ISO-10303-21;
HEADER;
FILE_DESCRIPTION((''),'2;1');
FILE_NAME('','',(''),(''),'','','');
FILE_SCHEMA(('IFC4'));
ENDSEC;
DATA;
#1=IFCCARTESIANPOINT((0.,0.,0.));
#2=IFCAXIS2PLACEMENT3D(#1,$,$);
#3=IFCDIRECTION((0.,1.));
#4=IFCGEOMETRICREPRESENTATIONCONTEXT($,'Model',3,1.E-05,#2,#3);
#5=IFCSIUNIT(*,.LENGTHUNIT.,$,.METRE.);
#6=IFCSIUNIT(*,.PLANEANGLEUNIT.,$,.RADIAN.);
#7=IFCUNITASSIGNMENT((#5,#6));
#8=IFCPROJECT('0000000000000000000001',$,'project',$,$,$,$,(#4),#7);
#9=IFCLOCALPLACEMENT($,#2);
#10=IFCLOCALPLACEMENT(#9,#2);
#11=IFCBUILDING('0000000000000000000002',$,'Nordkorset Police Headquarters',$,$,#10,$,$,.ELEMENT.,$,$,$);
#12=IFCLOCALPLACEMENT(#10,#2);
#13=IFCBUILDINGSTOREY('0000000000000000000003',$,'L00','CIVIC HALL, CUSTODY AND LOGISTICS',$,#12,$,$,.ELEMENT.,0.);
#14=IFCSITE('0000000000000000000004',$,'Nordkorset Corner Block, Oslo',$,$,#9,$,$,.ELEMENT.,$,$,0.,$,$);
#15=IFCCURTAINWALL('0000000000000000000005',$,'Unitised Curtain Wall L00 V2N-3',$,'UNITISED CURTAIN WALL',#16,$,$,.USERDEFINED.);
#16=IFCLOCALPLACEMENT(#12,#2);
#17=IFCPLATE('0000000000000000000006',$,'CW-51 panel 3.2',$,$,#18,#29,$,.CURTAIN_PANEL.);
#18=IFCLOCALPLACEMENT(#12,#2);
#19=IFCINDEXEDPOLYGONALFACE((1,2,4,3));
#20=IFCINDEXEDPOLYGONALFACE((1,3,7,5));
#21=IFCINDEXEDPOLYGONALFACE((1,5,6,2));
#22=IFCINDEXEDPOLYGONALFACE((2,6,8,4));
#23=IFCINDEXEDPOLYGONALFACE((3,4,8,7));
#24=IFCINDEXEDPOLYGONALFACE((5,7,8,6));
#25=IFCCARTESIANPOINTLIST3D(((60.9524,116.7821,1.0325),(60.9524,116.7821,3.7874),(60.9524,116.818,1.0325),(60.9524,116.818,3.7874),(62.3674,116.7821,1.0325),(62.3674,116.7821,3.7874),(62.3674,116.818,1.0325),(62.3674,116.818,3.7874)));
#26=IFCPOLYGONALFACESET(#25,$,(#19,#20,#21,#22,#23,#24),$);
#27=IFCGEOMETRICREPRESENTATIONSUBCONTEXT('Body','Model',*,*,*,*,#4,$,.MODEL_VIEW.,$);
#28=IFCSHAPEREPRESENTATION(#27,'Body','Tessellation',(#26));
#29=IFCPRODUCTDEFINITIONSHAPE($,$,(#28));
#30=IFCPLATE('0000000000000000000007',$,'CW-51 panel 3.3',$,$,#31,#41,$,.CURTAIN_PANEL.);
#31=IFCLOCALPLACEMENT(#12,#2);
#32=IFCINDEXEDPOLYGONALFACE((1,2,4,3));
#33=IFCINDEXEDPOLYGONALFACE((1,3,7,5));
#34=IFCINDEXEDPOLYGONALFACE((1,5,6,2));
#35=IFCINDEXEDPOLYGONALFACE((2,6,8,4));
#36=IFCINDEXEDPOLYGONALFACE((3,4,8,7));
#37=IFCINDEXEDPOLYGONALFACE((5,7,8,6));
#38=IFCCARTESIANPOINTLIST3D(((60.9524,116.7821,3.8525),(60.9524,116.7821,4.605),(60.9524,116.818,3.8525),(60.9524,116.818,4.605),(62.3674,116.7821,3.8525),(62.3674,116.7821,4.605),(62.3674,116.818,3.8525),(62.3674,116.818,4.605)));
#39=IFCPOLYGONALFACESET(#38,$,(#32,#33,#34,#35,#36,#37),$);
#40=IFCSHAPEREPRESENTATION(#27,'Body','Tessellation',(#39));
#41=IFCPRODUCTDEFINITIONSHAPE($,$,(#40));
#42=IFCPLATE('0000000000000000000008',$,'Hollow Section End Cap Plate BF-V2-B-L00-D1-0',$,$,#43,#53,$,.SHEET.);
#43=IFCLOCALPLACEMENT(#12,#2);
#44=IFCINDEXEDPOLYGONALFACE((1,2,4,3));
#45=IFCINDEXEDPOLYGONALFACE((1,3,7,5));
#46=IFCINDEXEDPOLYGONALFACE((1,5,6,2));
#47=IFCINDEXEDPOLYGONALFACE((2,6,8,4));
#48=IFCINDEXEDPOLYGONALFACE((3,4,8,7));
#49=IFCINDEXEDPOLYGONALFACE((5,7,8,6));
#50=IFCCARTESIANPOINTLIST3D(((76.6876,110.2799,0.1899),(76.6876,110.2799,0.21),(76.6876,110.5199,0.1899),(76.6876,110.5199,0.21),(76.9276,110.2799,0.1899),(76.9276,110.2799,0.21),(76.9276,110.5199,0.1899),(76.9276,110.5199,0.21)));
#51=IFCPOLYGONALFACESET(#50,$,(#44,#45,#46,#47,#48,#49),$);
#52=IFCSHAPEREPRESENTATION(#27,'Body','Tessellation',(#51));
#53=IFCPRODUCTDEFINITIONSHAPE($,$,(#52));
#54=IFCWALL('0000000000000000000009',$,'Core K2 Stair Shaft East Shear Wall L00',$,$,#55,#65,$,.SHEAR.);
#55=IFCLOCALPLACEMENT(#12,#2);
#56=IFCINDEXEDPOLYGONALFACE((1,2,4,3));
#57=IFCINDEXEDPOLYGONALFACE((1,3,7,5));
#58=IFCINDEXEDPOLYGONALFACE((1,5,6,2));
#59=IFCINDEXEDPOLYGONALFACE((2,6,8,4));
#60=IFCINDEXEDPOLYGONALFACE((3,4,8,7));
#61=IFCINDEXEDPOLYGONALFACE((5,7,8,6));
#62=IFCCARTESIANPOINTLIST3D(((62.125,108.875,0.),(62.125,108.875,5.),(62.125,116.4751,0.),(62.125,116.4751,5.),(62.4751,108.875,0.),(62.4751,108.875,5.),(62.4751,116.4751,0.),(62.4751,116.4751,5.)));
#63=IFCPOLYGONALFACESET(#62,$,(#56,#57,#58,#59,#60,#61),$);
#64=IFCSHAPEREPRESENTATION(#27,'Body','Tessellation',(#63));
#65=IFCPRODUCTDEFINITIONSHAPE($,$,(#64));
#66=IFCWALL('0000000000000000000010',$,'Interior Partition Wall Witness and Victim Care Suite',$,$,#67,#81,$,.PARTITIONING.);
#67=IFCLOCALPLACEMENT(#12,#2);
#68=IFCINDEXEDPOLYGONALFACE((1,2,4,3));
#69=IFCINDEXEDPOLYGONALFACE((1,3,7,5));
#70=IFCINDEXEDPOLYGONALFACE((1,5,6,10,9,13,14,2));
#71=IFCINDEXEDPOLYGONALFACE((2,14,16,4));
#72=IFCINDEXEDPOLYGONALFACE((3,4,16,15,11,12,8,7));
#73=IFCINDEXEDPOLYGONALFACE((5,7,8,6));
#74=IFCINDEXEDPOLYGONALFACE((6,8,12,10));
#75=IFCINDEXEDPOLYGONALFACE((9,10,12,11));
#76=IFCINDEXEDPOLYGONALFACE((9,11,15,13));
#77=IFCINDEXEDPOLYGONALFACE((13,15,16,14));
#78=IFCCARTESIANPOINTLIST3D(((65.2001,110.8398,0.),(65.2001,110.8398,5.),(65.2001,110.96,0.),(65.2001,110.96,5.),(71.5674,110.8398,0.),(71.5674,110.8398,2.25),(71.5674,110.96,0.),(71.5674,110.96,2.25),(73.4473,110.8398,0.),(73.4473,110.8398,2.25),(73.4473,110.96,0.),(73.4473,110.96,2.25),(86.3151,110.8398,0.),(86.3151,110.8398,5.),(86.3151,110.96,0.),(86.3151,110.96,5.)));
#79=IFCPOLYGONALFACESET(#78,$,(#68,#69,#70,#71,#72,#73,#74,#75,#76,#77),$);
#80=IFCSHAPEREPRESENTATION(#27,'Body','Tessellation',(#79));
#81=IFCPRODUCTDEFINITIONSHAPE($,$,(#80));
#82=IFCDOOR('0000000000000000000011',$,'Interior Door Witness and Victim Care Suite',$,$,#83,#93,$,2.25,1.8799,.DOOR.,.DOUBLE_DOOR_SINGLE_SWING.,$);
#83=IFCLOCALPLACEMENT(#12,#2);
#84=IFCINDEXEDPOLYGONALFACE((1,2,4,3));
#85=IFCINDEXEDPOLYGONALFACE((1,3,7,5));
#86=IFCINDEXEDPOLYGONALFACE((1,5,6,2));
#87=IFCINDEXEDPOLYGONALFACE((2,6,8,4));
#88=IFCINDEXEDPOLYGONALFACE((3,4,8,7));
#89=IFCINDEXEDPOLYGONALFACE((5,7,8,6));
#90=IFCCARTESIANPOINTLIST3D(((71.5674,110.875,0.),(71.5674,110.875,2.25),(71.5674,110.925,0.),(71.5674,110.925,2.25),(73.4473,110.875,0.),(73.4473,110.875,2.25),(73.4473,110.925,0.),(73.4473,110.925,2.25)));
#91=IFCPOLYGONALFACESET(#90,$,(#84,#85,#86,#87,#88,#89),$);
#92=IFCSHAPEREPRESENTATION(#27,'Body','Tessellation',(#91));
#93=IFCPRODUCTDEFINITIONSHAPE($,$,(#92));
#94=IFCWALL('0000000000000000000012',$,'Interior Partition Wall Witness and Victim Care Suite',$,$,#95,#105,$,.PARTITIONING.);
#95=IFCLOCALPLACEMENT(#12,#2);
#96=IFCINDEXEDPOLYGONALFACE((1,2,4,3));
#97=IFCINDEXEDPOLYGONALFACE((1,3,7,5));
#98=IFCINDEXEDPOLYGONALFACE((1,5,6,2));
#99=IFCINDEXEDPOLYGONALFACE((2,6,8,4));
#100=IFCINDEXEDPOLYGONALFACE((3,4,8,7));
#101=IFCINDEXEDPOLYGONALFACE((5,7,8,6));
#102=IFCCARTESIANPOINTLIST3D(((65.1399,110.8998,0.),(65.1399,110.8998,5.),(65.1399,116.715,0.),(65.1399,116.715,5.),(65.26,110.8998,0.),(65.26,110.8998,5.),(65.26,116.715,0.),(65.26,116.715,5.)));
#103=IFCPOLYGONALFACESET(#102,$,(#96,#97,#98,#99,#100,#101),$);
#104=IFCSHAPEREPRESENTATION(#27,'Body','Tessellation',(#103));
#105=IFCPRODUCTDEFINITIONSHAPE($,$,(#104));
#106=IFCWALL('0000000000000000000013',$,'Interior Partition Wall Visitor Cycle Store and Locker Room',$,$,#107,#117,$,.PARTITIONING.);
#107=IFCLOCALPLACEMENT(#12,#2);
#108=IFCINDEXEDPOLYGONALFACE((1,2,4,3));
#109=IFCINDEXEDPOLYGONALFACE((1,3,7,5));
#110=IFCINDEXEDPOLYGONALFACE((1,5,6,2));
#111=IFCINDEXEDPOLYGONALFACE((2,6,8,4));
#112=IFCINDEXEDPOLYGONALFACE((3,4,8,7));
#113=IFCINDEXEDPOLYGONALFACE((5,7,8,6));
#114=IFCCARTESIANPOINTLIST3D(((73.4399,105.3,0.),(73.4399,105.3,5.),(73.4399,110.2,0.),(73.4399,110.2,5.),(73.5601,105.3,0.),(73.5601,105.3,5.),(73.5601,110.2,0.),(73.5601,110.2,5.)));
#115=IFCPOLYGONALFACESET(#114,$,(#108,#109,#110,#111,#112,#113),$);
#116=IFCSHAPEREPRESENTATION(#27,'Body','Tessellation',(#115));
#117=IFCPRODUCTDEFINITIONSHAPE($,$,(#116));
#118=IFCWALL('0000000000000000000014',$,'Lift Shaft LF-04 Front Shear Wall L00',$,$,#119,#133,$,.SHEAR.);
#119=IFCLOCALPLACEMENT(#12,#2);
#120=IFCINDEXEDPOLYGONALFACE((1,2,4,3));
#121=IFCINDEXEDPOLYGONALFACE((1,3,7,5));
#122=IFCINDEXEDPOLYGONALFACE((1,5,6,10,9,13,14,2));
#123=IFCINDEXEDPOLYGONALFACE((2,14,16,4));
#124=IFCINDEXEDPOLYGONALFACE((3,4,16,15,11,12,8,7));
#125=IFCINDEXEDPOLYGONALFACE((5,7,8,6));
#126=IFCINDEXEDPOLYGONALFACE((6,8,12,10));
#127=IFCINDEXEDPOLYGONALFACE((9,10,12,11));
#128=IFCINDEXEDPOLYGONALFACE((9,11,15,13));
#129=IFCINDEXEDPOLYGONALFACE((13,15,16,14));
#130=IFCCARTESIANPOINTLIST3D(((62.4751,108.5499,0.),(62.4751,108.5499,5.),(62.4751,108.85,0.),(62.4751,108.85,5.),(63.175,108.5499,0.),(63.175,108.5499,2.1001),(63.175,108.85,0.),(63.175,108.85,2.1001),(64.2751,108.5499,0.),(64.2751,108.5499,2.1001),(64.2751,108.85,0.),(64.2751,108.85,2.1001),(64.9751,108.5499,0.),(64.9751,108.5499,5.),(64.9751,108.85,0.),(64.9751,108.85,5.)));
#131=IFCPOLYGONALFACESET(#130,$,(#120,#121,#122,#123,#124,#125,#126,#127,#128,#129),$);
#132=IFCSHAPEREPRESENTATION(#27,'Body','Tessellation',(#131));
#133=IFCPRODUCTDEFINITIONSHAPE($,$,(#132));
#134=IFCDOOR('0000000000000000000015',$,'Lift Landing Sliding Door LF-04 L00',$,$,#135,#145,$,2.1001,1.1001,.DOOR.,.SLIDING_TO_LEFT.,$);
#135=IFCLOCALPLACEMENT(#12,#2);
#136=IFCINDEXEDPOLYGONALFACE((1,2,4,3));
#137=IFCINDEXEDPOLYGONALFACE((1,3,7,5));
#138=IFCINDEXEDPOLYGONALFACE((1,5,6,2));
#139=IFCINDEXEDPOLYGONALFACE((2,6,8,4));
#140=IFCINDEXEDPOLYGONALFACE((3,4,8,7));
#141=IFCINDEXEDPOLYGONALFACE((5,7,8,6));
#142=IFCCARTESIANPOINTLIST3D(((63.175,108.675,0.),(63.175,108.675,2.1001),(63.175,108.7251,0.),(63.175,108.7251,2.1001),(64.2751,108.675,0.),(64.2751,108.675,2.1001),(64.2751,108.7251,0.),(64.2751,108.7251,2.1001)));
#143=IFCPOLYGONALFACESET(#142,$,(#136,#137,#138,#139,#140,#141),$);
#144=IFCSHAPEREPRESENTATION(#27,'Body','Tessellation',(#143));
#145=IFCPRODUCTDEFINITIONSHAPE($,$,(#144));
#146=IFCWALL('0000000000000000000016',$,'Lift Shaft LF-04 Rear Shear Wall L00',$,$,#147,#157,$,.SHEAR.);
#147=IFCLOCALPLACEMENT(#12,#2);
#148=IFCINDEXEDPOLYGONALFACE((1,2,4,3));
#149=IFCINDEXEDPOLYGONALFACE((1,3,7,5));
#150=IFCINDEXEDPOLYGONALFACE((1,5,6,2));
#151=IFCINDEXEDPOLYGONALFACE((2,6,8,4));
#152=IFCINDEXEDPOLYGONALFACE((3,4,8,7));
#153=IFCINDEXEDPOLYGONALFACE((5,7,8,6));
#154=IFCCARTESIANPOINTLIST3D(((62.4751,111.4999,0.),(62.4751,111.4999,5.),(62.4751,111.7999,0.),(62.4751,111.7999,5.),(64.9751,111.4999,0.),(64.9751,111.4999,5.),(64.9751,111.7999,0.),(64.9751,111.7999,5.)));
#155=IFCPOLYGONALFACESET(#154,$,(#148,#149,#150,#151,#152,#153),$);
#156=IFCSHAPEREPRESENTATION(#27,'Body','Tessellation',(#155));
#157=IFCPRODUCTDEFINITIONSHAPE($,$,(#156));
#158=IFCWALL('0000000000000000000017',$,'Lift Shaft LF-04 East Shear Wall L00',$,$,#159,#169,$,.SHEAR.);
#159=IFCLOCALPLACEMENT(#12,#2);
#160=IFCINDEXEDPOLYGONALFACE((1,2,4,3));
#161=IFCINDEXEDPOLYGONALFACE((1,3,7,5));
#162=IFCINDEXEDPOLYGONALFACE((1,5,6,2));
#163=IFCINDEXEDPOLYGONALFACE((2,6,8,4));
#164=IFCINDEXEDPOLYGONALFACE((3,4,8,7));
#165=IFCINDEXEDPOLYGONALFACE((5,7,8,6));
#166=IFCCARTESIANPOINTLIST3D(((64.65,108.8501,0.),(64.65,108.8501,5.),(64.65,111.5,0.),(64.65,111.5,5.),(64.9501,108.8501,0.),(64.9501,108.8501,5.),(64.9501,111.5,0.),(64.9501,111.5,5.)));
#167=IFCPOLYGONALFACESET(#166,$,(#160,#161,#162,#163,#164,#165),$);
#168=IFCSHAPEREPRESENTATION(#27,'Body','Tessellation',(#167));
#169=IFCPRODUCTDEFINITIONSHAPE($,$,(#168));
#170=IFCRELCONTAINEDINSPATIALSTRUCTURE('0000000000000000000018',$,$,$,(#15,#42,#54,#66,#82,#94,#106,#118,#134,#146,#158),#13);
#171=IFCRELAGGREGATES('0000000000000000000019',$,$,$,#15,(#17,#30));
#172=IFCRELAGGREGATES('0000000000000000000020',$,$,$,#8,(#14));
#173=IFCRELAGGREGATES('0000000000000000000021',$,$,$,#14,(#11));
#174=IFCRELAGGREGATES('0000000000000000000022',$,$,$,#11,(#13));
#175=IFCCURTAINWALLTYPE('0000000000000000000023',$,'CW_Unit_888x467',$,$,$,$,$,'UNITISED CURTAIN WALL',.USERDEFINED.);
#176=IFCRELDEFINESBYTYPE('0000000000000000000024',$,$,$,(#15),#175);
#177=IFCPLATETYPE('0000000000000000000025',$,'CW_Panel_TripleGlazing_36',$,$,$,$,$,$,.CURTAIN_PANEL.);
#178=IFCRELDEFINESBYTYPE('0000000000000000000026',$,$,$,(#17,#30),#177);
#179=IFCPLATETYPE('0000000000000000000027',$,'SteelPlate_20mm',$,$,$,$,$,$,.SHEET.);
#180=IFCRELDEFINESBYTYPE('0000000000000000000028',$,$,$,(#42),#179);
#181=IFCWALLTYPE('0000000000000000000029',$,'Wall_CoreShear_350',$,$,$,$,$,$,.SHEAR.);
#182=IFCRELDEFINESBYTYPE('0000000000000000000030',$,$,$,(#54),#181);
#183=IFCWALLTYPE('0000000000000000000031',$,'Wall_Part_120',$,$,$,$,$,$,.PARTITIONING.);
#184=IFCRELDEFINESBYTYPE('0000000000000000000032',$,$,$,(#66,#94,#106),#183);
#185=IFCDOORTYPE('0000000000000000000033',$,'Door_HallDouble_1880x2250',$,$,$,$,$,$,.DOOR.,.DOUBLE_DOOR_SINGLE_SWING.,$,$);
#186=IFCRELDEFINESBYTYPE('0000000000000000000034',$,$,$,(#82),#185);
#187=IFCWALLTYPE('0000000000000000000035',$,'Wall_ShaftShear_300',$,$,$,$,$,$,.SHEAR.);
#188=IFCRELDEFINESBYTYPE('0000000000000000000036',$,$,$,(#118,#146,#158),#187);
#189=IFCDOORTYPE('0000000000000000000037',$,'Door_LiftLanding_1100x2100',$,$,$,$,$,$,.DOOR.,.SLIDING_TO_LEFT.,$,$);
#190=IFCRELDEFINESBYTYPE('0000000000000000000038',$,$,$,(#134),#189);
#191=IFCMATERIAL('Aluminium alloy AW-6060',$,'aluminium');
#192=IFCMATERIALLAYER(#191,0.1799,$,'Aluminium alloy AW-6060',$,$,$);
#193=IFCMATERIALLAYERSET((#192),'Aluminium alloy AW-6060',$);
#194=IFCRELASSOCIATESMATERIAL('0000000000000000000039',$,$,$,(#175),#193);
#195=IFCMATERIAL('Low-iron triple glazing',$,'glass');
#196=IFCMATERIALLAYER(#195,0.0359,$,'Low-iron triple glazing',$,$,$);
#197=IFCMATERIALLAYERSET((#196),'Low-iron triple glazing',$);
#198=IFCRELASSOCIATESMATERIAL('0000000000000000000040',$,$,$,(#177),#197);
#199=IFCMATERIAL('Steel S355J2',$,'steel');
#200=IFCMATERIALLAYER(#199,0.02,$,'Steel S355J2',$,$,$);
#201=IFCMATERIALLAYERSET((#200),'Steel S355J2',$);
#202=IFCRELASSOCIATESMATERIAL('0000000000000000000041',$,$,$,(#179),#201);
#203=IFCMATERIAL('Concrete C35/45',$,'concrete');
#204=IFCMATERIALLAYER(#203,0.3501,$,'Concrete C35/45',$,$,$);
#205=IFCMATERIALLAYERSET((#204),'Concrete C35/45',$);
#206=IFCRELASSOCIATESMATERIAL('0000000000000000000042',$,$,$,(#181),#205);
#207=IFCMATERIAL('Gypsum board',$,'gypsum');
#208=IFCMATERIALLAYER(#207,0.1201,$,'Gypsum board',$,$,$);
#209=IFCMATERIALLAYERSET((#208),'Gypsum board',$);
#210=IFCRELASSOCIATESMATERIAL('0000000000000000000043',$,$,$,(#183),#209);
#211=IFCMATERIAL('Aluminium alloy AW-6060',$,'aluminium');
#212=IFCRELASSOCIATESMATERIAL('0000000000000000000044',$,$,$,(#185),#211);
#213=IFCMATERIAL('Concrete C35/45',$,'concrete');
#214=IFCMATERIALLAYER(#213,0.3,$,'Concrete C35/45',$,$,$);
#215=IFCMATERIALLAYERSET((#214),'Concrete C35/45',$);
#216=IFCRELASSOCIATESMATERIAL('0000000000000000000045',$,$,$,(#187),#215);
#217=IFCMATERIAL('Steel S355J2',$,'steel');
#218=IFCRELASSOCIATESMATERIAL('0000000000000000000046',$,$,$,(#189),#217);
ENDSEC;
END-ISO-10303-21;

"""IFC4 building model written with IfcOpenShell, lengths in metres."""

from ifc_helpers import new_model, si_unit, direction, frame, frame_2d, origin, origin_2d, place, context, subcontext, project, spatial, rectangle, extrude, material, layer, layer_set, type_object, element, fill, aggregate, save


model = new_model("IFC4")

# Units and contexts
model_context = context("Model", 3, precision=1e-05, world=origin(), true_north=direction((0.0, 1.0)))
body_context = subcontext(model_context, "Body", "Model", "MODEL_VIEW")
ifc_project = project(units=[si_unit("LENGTHUNIT", "METRE"), si_unit("PLANEANGLEUNIT", "RADIAN")], contexts=[model_context])

# Site, building, storey
site_placement = place(None, origin())
site = spatial("IfcSite", under=ifc_project, at=site_placement, Name="Nordkorset Corner Block, Oslo", CompositionType="ELEMENT", RefElevation=0.0)
building_placement = place(site_placement, origin())
building = spatial("IfcBuilding", under=site, at=building_placement, Name="Nordkorset Police Headquarters", CompositionType="ELEMENT")
storey_placement = place(building_placement, origin())
storey = spatial("IfcBuildingStorey", under=building, at=storey_placement, Name="L00", Description="CIVIC HALL, CUSTODY AND LOGISTICS", CompositionType="ELEMENT", Elevation=0.0)

# Curtain wall
ifc_material_1 = material(Name="Aluminium alloy AW-6060", Category="aluminium")
ifc_layer_1 = layer(ifc_material_1, 0.1799, Name="Aluminium alloy AW-6060")
ifc_layer_set_1 = layer_set([ifc_layer_1], Name="Aluminium alloy AW-6060")
curtain_wall_type = type_object("IfcCurtainWallType", Name="CW_Unit_888x467", ElementType="UNITISED CURTAIN WALL", PredefinedType="USERDEFINED", material=ifc_layer_set_1)
curtain_wall_placement = place(storey_placement, origin())
curtain_wall = element("IfcCurtainWall", 1, at=curtain_wall_placement, inside=storey, type_object=curtain_wall_type, Name="Unitised Curtain Wall L00 V2N-3", ObjectType="UNITISED CURTAIN WALL", PredefinedType="USERDEFINED")

# Plates
ifc_material_2 = material(Name="Low-iron triple glazing", Category="glass")
ifc_layer_2 = layer(ifc_material_2, 0.0359, Name="Low-iron triple glazing")
ifc_layer_set_2 = layer_set([ifc_layer_2], Name="Low-iron triple glazing")
plate_type_1 = type_object("IfcPlateType", Name="CW_Panel_TripleGlazing_36", PredefinedType="CURTAIN_PANEL", material=ifc_layer_set_2)
plate_1_placement = place(storey_placement, frame((61.6599, 116.8, 1.0325), z_axis=(0.0, 0.0, 1.0), x_axis=(1.0, 0.0, 0.0)))
plate_1 = element("IfcPlate", 2, at=plate_1_placement, type_object=plate_type_1, Name="CW-51 panel 3.2", PredefinedType="CURTAIN_PANEL", context=body_context, shape_type="SweptSolid", body=[
    extrude(rectangle(XDim=1.415, YDim=0.0359, at=origin_2d()), origin(), (0.0, 0.0, 1.0), 2.7549),
])
plate_2_placement = place(storey_placement, frame((61.6599, 116.8, 3.8525), z_axis=(0.0, 0.0, 1.0), x_axis=(1.0, 0.0, 0.0)))
plate_2 = element("IfcPlate", 3, at=plate_2_placement, type_object=plate_type_1, Name="CW-51 panel 3.3", PredefinedType="CURTAIN_PANEL", context=body_context, shape_type="SweptSolid", body=[
    extrude(rectangle(XDim=1.415, YDim=0.0359, at=origin_2d()), origin(), (0.0, 0.0, 1.0), 0.7524),
])
aggregate(curtain_wall, [plate_1, plate_2])
ifc_material_3 = material(Name="Steel S355J2", Category="steel")
ifc_layer_3 = layer(ifc_material_3, 0.02, Name="Steel S355J2")
ifc_layer_set_3 = layer_set([ifc_layer_3], Name="Steel S355J2")
plate_type_2 = type_object("IfcPlateType", Name="SteelPlate_20mm", PredefinedType="SHEET", material=ifc_layer_set_3)
plate_3_placement = place(storey_placement, frame((76.8076, 110.3999, 0.1899), z_axis=(0.0, 0.0, 1.0), x_axis=(1.0, 0.0, 0.0)))
element("IfcPlate", 4, at=plate_3_placement, inside=storey, type_object=plate_type_2, Name="Hollow Section End Cap Plate BF-V2-B-L00-D1-0", PredefinedType="SHEET", context=body_context, shape_type="SweptSolid", body=[
    extrude(rectangle(XDim=0.24, YDim=0.24, at=origin_2d()), origin(), (0.0, 0.0, 1.0), 0.02),
])

# Wall
ifc_material_4 = material(Name="Concrete C35/45", Category="concrete")
ifc_layer_4 = layer(ifc_material_4, 0.3501, Name="Concrete C35/45")
ifc_layer_set_4 = layer_set([ifc_layer_4], Name="Concrete C35/45")
wall_type_1 = type_object("IfcWallType", Name="Wall_CoreShear_350", PredefinedType="SHEAR", material=ifc_layer_set_4)
wall_1_placement = place(storey_placement, frame((62.3, 108.875, 0.0), z_axis=(0.0, 0.0, 1.0), x_axis=(0.0, 1.0, 0.0)))
element("IfcWall", 5, at=wall_1_placement, inside=storey, type_object=wall_type_1, Name="Core K2 Stair Shaft East Shear Wall L00", PredefinedType="SHEAR", context=body_context, shape_type="SweptSolid", body=[
    extrude(rectangle(XDim=7.6001, YDim=0.3501, at=frame_2d((3.8, 0.0))), origin(), (0.0, 0.0, 1.0), 5.0),
])

# Wall, opening, door
ifc_material_5 = material(Name="Gypsum board", Category="gypsum")
ifc_layer_5 = layer(ifc_material_5, 0.1201, Name="Gypsum board")
ifc_layer_set_5 = layer_set([ifc_layer_5], Name="Gypsum board")
wall_type_2 = type_object("IfcWallType", Name="Wall_Part_120", PredefinedType="PARTITIONING", material=ifc_layer_set_5)
wall_2_placement = place(storey_placement, frame((65.2, 110.8999, 0.0), z_axis=(0.0, 0.0, 1.0), x_axis=(1.0, 0.0, 0.0)))
wall_2 = element("IfcWall", 6, at=wall_2_placement, inside=storey, type_object=wall_type_2, Name="Interior Partition Wall Witness and Victim Care Suite", PredefinedType="PARTITIONING", context=body_context, shape_type="SweptSolid", body=[
    extrude(rectangle(XDim=21.115, YDim=0.1201, at=frame_2d((10.5576, 0.0))), origin(), (0.0, 0.0, 1.0), 5.0),
])
opening_1_placement = place(wall_2_placement, frame((6.3674, 0.0, 0.0)))
opening_1 = element("IfcOpeningElement", 7, at=opening_1_placement, cuts=wall_2, PredefinedType="OPENING", context=body_context, shape_type="SweptSolid", body=[
    extrude(rectangle(XDim=1.8799, YDim=2.25, at=frame_2d((0.9399, 1.125))), frame((0.0, 0.0701, 0.0), z_axis=(0.0, -1.0, 0.0), x_axis=(1.0, 0.0, 0.0)), (0.0, 0.0, 1.0), 0.1401),
])
ifc_material_6 = material(Name="Aluminium alloy AW-6060", Category="aluminium")
door_type_1 = type_object("IfcDoorType", Name="Door_HallDouble_1880x2250", OperationType="DOUBLE_DOOR_SINGLE_SWING", PredefinedType="DOOR", material=ifc_material_6)
door_1_placement = place(opening_1_placement, frame((1.8799, 0.0, 0.0), z_axis=(0.0, 0.0, 1.0), x_axis=(-1.0, 0.0, 0.0)))
door_1 = element("IfcDoor", 8, at=door_1_placement, inside=storey, type_object=door_type_1, Name="Interior Door Witness and Victim Care Suite", OperationType="DOUBLE_DOOR_SINGLE_SWING", OverallHeight=2.25, OverallWidth=1.8799, PredefinedType="DOOR", context=body_context, shape_type="SweptSolid", body=[
    extrude(rectangle(XDim=1.8799, YDim=2.25, at=frame_2d((0.9399, 1.125))), frame((0.0, 0.0249, 0.0), z_axis=(0.0, -1.0, 0.0), x_axis=(1.0, 0.0, 0.0)), (0.0, 0.0, 1.0), 0.05),
])
fill(opening_1, door_1)

# Walls
wall_3_placement = place(storey_placement, frame((65.2, 116.7151, 0.0), z_axis=(0.0, 0.0, 1.0), x_axis=(0.0, -1.0, 0.0)))
element("IfcWall", 9, at=wall_3_placement, inside=storey, type_object=wall_type_2, Name="Interior Partition Wall Witness and Victim Care Suite", PredefinedType="PARTITIONING", context=body_context, shape_type="SweptSolid", body=[
    extrude(rectangle(XDim=5.8152, YDim=0.1201, at=frame_2d((2.9077, 0.0))), origin(), (0.0, 0.0, 1.0), 5.0),
])
wall_4_placement = place(storey_placement, frame((73.5, 110.2, 0.0), z_axis=(0.0, 0.0, 1.0), x_axis=(0.0, -1.0, 0.0)))
element("IfcWall", 10, at=wall_4_placement, inside=storey, type_object=wall_type_2, Name="Interior Partition Wall Visitor Cycle Store and Locker Room", PredefinedType="PARTITIONING", context=body_context, shape_type="SweptSolid", body=[
    extrude(rectangle(XDim=4.8999, YDim=0.1201, at=frame_2d((2.45, 0.0))), origin(), (0.0, 0.0, 1.0), 5.0),
])

# Wall, opening, door
ifc_material_7 = material(Name="Concrete C35/45", Category="concrete")
ifc_layer_6 = layer(ifc_material_7, 0.3, Name="Concrete C35/45")
ifc_layer_set_6 = layer_set([ifc_layer_6], Name="Concrete C35/45")
wall_type_3 = type_object("IfcWallType", Name="Wall_ShaftShear_300", PredefinedType="SHEAR", material=ifc_layer_set_6)
wall_5_placement = place(storey_placement, frame((62.4751, 108.7, 0.0), z_axis=(0.0, 0.0, 1.0), x_axis=(1.0, 0.0, 0.0)))
wall_5 = element("IfcWall", 11, at=wall_5_placement, inside=storey, type_object=wall_type_3, Name="Lift Shaft LF-04 Front Shear Wall L00", PredefinedType="SHEAR", context=body_context, shape_type="SweptSolid", body=[
    extrude(rectangle(XDim=2.5, YDim=0.3, at=frame_2d((1.25, 0.0))), origin(), (0.0, 0.0, 1.0), 5.0),
])
opening_2_placement = place(wall_5_placement, frame((0.7, 0.0, 0.0)))
opening_2 = element("IfcOpeningElement", 12, at=opening_2_placement, cuts=wall_5, PredefinedType="OPENING", context=body_context, shape_type="SweptSolid", body=[
    extrude(rectangle(XDim=1.1001, YDim=2.1001, at=frame_2d((0.55, 1.05))), frame((0.0, 0.1602, 0.0), z_axis=(0.0, -1.0, 0.0), x_axis=(1.0, 0.0, 0.0)), (0.0, 0.0, 1.0), 0.3201),
])
ifc_material_8 = material(Name="Steel S355J2", Category="steel")
door_type_2 = type_object("IfcDoorType", Name="Door_LiftLanding_1100x2100", OperationType="SLIDING_TO_LEFT", PredefinedType="DOOR", material=ifc_material_8)
door_2_placement = place(opening_2_placement, frame((1.1001, 0.0, 0.0), z_axis=(0.0, 0.0, 1.0), x_axis=(-1.0, 0.0, 0.0)))
door_2 = element("IfcDoor", 13, at=door_2_placement, inside=storey, type_object=door_type_2, Name="Lift Landing Sliding Door LF-04 L00", OperationType="SLIDING_TO_LEFT", OverallHeight=2.1001, OverallWidth=1.1001, PredefinedType="DOOR", context=body_context, shape_type="SweptSolid", body=[
    extrude(rectangle(XDim=1.1001, YDim=2.1001, at=frame_2d((0.55, 1.05))), frame((0.0, 0.0249, 0.0), z_axis=(0.0, -1.0, 0.0), x_axis=(1.0, 0.0, 0.0)), (0.0, 0.0, 1.0), 0.05),
])
fill(opening_2, door_2)

# Walls
wall_6_placement = place(storey_placement, frame((62.4751, 111.6499, 0.0), z_axis=(0.0, 0.0, 1.0), x_axis=(1.0, 0.0, 0.0)))
element("IfcWall", 14, at=wall_6_placement, inside=storey, type_object=wall_type_3, Name="Lift Shaft LF-04 Rear Shear Wall L00", PredefinedType="SHEAR", context=body_context, shape_type="SweptSolid", body=[
    extrude(rectangle(XDim=2.5, YDim=0.3, at=frame_2d((1.25, 0.0))), origin(), (0.0, 0.0, 1.0), 5.0),
])
wall_7_placement = place(storey_placement, frame((64.8, 108.8501, 0.0), z_axis=(0.0, 0.0, 1.0), x_axis=(0.0, 1.0, 0.0)))
element("IfcWall", 15, at=wall_7_placement, inside=storey, type_object=wall_type_3, Name="Lift Shaft LF-04 East Shear Wall L00", PredefinedType="SHEAR", context=body_context, shape_type="SweptSolid", body=[
    extrude(rectangle(XDim=2.6499, YDim=0.3, at=frame_2d((1.325, 0.0))), origin(), (0.0, 0.0, 1.0), 5.0),
])

save(model, "model.ifc")
